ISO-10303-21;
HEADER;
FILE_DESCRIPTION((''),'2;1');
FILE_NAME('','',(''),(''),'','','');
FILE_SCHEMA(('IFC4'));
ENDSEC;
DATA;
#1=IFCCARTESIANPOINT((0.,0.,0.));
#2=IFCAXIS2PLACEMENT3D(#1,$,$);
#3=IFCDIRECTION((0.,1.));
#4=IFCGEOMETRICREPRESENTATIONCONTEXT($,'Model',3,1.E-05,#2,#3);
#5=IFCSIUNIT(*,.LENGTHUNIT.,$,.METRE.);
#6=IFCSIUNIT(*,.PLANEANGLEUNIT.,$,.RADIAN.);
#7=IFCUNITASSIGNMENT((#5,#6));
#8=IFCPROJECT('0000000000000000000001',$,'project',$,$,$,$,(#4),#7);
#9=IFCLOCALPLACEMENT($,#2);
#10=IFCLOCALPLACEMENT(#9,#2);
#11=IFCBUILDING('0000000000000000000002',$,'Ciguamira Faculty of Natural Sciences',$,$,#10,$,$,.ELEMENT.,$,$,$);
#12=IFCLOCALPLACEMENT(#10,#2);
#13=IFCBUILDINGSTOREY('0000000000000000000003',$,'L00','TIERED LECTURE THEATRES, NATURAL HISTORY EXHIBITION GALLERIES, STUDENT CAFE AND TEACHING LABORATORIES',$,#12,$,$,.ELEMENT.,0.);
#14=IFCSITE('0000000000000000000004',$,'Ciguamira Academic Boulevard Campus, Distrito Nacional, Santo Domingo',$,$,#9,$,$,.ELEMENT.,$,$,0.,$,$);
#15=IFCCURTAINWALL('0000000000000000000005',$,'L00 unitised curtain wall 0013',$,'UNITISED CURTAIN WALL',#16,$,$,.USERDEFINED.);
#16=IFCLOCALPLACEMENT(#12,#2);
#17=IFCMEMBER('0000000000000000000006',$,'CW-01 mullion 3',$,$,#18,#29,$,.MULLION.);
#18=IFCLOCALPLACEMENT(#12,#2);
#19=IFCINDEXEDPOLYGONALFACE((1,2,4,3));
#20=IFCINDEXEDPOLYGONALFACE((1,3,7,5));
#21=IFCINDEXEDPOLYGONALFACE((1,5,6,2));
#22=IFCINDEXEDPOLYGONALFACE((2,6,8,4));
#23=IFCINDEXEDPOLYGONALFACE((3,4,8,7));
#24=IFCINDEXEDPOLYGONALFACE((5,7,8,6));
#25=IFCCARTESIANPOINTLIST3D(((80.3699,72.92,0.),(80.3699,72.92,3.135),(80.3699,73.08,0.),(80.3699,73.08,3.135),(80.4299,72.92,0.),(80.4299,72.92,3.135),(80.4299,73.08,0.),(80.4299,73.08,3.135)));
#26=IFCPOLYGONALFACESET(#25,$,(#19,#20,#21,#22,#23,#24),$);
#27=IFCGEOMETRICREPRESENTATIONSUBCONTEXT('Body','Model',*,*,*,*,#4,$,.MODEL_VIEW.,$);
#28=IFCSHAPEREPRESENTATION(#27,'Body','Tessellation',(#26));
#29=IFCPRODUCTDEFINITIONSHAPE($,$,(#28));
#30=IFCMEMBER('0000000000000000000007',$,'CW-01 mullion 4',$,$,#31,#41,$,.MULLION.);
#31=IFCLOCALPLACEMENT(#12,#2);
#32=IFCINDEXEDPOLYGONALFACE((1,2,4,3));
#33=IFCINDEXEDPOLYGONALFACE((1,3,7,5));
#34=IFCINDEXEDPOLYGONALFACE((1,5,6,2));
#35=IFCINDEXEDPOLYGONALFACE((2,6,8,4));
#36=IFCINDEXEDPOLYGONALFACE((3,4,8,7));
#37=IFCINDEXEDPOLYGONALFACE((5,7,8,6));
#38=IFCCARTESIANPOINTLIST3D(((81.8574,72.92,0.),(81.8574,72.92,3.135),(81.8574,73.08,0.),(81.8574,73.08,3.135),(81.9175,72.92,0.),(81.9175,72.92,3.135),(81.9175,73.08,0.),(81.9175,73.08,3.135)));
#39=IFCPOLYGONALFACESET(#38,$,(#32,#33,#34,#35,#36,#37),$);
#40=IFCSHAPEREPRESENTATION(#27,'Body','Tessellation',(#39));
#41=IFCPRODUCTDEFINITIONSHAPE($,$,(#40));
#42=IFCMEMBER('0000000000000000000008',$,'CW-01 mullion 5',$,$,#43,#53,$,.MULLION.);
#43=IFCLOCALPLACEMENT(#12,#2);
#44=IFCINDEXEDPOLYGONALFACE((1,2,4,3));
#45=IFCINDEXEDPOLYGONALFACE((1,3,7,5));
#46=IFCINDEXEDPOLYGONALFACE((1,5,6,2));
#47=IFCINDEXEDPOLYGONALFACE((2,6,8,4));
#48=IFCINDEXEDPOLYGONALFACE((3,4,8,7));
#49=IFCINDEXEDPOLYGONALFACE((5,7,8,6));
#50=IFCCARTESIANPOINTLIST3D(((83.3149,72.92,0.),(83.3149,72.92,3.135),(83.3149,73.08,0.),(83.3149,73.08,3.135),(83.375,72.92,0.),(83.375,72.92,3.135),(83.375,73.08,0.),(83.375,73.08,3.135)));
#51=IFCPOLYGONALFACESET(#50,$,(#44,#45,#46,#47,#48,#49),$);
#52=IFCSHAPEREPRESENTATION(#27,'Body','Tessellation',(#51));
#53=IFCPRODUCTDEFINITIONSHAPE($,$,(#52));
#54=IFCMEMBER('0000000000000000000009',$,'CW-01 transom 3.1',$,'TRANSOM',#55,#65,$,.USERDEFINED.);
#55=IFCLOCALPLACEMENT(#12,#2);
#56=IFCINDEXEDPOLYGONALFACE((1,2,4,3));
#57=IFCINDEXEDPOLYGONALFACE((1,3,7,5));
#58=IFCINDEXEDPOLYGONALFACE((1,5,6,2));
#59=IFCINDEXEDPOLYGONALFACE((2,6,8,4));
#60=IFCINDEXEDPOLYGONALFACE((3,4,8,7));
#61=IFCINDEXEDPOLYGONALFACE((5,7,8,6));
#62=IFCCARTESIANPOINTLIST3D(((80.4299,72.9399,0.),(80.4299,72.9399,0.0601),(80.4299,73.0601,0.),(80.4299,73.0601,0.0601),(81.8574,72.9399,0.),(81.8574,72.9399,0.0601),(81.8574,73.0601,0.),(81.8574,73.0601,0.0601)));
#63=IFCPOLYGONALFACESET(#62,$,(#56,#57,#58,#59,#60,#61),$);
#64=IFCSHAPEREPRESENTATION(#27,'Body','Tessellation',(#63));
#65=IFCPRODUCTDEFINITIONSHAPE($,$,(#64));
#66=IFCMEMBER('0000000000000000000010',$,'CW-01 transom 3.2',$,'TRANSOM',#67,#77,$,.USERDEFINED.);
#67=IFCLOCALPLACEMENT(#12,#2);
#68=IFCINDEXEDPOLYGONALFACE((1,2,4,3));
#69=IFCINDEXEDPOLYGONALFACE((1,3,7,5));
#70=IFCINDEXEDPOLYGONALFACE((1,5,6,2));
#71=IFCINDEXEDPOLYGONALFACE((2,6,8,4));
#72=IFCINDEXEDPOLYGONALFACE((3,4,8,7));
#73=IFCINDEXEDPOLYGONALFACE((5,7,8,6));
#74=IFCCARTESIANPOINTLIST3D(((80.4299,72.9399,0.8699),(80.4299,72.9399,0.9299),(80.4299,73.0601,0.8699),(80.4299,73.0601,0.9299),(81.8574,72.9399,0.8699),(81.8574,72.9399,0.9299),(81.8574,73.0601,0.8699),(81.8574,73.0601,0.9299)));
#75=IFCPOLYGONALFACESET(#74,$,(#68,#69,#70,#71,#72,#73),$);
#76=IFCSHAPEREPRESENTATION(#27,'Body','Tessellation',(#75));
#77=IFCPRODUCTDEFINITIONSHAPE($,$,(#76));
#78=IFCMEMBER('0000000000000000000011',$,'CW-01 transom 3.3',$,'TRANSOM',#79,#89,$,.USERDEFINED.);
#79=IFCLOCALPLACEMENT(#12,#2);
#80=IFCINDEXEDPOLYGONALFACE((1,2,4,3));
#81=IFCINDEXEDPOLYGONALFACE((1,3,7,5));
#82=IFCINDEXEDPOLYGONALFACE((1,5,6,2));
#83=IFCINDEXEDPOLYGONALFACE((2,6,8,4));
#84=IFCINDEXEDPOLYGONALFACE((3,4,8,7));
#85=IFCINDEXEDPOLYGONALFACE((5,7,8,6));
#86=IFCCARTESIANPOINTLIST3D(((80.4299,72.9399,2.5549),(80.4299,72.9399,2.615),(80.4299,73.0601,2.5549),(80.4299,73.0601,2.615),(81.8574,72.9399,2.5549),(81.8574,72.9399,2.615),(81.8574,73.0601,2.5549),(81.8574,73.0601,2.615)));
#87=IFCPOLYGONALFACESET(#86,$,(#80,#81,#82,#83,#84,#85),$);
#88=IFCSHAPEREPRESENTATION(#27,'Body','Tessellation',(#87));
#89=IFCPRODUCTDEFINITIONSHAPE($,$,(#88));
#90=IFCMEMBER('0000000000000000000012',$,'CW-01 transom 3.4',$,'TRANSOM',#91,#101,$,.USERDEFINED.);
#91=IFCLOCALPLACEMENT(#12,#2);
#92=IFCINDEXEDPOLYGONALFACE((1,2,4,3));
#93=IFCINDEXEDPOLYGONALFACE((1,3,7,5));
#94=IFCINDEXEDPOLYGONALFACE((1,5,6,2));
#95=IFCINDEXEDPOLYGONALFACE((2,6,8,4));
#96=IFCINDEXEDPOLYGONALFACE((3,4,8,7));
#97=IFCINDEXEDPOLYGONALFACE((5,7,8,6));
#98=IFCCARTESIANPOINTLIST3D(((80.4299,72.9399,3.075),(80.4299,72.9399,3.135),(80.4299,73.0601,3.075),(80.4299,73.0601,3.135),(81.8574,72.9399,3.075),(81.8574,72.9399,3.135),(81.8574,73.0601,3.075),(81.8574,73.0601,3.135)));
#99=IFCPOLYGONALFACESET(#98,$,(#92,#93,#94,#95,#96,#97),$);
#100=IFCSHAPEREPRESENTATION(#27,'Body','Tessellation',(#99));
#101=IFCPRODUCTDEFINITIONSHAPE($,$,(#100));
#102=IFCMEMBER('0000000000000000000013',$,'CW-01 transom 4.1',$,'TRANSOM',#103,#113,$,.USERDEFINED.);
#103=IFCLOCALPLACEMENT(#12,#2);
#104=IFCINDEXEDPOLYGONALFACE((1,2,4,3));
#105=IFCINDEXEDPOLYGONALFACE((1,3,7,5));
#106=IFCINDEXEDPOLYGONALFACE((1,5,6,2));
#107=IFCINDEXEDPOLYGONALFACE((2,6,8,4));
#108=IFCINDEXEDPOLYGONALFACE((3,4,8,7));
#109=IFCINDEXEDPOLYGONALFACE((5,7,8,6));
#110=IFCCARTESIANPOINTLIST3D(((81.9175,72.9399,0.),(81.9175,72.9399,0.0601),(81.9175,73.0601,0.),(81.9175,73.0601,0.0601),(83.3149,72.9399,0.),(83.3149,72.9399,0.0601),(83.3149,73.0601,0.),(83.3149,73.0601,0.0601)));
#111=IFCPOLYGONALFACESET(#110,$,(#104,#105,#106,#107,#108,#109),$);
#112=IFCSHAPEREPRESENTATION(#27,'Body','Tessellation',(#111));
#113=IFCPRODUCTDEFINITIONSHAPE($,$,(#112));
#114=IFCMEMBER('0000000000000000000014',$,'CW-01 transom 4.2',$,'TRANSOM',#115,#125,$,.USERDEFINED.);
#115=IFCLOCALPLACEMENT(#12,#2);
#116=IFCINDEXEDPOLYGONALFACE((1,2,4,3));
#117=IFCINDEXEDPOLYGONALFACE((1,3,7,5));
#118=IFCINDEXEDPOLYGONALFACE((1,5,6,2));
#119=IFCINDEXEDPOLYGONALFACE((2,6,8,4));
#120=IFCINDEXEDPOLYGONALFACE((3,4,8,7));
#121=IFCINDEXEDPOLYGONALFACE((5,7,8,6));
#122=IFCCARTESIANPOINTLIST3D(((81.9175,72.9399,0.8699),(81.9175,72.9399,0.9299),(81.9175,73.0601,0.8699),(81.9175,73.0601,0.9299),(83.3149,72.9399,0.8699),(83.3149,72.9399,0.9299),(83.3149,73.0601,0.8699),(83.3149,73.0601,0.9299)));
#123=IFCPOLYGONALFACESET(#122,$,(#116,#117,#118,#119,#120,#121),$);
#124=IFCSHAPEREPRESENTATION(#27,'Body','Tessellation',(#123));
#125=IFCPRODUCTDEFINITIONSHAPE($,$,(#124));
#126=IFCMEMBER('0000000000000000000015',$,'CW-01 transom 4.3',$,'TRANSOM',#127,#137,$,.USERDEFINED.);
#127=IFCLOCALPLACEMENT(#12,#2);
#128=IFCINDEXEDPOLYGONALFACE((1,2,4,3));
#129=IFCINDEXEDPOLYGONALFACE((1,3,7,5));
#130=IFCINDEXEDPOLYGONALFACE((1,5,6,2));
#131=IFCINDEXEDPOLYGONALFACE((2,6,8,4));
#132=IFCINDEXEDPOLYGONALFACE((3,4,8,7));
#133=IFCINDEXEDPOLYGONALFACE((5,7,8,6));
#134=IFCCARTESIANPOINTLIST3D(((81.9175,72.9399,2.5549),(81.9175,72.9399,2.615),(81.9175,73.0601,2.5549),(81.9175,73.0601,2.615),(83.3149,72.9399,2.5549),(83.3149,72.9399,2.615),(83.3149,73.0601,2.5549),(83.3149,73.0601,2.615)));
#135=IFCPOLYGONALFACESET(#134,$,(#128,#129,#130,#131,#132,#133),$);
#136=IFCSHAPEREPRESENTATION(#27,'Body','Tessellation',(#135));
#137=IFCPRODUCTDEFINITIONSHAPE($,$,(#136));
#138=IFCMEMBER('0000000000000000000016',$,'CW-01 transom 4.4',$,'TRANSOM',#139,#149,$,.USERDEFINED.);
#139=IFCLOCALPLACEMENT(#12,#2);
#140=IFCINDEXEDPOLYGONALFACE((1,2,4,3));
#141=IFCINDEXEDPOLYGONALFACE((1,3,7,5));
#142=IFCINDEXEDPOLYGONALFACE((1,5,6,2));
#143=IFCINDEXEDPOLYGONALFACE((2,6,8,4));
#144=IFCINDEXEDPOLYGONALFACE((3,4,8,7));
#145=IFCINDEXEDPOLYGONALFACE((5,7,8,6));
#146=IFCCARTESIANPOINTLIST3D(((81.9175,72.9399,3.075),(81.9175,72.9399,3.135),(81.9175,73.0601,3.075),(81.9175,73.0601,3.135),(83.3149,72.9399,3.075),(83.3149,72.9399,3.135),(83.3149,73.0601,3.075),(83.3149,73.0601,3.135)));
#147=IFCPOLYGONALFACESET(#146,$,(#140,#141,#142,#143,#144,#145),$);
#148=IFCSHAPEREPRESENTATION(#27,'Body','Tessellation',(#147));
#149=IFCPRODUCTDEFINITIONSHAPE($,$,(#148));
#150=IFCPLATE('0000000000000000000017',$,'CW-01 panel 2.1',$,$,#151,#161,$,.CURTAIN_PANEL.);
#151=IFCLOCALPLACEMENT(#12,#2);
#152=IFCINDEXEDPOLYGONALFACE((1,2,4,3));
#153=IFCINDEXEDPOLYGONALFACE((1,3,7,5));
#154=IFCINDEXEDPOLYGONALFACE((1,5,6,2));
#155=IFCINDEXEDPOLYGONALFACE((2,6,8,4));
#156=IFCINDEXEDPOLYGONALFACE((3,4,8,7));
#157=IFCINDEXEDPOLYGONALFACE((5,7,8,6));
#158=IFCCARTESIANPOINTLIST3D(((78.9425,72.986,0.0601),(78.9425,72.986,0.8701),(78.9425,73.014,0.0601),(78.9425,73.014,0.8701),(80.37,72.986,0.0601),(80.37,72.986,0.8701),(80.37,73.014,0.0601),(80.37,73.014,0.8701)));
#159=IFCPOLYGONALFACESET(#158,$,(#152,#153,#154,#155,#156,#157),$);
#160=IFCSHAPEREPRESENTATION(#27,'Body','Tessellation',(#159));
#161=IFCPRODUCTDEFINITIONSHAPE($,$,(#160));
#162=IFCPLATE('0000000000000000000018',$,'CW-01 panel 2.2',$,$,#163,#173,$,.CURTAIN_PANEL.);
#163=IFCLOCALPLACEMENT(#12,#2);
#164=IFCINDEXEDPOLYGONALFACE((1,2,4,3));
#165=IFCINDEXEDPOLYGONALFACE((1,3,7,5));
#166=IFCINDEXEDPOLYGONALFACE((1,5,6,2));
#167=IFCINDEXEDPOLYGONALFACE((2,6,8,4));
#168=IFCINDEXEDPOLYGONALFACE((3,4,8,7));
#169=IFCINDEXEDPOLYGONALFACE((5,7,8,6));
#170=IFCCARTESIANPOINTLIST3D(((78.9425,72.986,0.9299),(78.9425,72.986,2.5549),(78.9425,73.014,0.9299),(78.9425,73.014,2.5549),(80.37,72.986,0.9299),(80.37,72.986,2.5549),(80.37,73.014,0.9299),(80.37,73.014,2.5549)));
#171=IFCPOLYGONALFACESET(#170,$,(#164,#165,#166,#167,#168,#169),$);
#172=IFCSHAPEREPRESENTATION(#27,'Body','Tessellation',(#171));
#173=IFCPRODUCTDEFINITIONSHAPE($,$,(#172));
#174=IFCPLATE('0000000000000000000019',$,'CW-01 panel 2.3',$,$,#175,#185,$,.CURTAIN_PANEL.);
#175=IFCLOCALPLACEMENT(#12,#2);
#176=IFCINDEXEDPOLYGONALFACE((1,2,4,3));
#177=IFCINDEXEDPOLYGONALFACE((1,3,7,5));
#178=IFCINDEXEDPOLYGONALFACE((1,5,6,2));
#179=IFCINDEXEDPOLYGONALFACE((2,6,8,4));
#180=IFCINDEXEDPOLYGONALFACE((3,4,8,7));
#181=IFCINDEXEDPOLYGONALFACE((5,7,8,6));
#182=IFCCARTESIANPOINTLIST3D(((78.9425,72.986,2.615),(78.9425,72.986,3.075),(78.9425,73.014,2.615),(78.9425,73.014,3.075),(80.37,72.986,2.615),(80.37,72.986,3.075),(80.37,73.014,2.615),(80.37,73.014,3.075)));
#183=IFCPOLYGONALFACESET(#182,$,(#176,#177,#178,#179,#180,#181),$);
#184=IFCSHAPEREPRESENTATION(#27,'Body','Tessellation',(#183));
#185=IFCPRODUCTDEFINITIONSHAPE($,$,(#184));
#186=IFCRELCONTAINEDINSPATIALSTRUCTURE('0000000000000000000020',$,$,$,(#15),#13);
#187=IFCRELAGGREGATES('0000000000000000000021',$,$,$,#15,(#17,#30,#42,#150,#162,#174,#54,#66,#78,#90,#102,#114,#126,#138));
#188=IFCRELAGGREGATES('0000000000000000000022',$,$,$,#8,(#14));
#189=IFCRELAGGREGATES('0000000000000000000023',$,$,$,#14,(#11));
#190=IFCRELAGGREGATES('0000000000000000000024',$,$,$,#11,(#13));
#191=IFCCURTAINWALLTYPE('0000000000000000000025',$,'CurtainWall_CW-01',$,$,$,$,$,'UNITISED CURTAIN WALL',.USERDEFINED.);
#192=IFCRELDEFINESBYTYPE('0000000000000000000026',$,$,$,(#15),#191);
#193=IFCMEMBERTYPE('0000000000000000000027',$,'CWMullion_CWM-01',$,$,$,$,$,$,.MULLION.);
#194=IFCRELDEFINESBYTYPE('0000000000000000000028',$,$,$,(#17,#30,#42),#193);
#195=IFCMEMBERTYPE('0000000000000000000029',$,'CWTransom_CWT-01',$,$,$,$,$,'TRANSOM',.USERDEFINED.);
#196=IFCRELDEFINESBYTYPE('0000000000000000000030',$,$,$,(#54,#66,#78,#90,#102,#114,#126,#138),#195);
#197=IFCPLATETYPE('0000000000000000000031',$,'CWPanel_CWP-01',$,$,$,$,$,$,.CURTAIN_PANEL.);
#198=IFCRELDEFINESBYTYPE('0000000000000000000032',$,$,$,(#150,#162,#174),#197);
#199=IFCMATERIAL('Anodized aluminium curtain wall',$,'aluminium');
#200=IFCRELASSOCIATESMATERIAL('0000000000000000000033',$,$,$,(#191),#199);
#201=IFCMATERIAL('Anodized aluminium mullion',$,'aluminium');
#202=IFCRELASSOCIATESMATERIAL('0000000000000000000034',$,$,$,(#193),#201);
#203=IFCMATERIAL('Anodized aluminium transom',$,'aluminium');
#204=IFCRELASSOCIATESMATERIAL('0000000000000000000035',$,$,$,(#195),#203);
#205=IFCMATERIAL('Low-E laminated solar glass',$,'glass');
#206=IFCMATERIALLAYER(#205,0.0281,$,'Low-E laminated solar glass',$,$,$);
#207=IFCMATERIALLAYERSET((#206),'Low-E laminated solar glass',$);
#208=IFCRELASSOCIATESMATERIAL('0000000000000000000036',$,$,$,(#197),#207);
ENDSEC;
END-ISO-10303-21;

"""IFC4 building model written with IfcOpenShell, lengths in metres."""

from ifc_helpers import new_model, si_unit, direction, frame, origin, origin_2d, place, context, subcontext, project, spatial, rectangle, extrude, material, layer, layer_set, material_profile, profile_set, type_object, element, aggregate, save


model = new_model("IFC4")

# Units and contexts
model_context = context("Model", 3, precision=1e-05, world=origin(), true_north=direction((0.0, 1.0)))
body_context = subcontext(model_context, "Body", "Model", "MODEL_VIEW")
ifc_project = project(units=[si_unit("LENGTHUNIT", "METRE"), si_unit("PLANEANGLEUNIT", "RADIAN")], contexts=[model_context])

# Site, building, storey
site_placement = place(None, origin())
site = spatial("IfcSite", under=ifc_project, at=site_placement, Name="Ciguamira Academic Boulevard Campus, Distrito Nacional, Santo Domingo", CompositionType="ELEMENT", RefElevation=0.0)
building_placement = place(site_placement, origin())
building = spatial("IfcBuilding", under=site, at=building_placement, Name="Ciguamira Faculty of Natural Sciences", CompositionType="ELEMENT")
storey_placement = place(building_placement, origin())
storey = spatial("IfcBuildingStorey", under=building, at=storey_placement, Name="L00", Description="TIERED LECTURE THEATRES, NATURAL HISTORY EXHIBITION GALLERIES, STUDENT CAFE AND TEACHING LABORATORIES", CompositionType="ELEMENT", Elevation=0.0)

# Curtain wall, members, plates
ifc_material_1 = material(Name="Anodized aluminium curtain wall", Category="aluminium")
curtain_wall_type = type_object("IfcCurtainWallType", Name="CurtainWall_CW-01", ElementType="UNITISED CURTAIN WALL", PredefinedType="USERDEFINED", material=ifc_material_1)
curtain_wall_placement = place(storey_placement, origin())
curtain_wall = element("IfcCurtainWall", 1, at=curtain_wall_placement, inside=storey, type_object=curtain_wall_type, Name="L00 unitised curtain wall 0013", ObjectType="UNITISED CURTAIN WALL", PredefinedType="USERDEFINED")
ifc_material_2 = material(Name="Anodized aluminium mullion", Category="aluminium")
ifc_material_profile_1 = material_profile(ifc_material_2, rectangle(XDim=0.0601, YDim=0.1599, at=origin_2d()), Name="ALU-MUL-60X160")
ifc_profile_set_1 = profile_set([ifc_material_profile_1], Name="Anodized aluminium mullion")
member_type_1 = type_object("IfcMemberType", Name="CWMullion_CWM-01", PredefinedType="MULLION", material=ifc_profile_set_1)
member_1_placement = place(storey_placement, frame((80.3999, 73.0, 0.0), z_axis=(0.0, 0.0, 1.0), x_axis=(1.0, 0.0, 0.0)))
member_1 = element("IfcMember", 2, at=member_1_placement, type_object=member_type_1, Name="CW-01 mullion 3", PredefinedType="MULLION", context=body_context, shape_type="SweptSolid", body=[
    extrude(rectangle(XDim=0.0601, YDim=0.1599, at=origin_2d()), origin(), (0.0, 0.0, 1.0), 3.135),
])
member_2_placement = place(storey_placement, frame((81.8875, 73.0, 0.0), z_axis=(0.0, 0.0, 1.0), x_axis=(1.0, 0.0, 0.0)))
member_2 = element("IfcMember", 3, at=member_2_placement, type_object=member_type_1, Name="CW-01 mullion 4", PredefinedType="MULLION", context=body_context, shape_type="SweptSolid", body=[
    extrude(rectangle(XDim=0.0601, YDim=0.1599, at=origin_2d()), origin(), (0.0, 0.0, 1.0), 3.135),
])
member_3_placement = place(storey_placement, frame((83.345, 73.0, 0.0), z_axis=(0.0, 0.0, 1.0), x_axis=(1.0, 0.0, 0.0)))
member_3 = element("IfcMember", 4, at=member_3_placement, type_object=member_type_1, Name="CW-01 mullion 5", PredefinedType="MULLION", context=body_context, shape_type="SweptSolid", body=[
    extrude(rectangle(XDim=0.0601, YDim=0.1599, at=origin_2d()), origin(), (0.0, 0.0, 1.0), 3.135),
])
ifc_material_3 = material(Name="Anodized aluminium transom", Category="aluminium")
ifc_material_profile_2 = material_profile(ifc_material_3, rectangle(XDim=0.0601, YDim=0.1201, at=origin_2d()), Name="ALU-TRN-60X120")
ifc_profile_set_2 = profile_set([ifc_material_profile_2], Name="Anodized aluminium transom")
member_type_2 = type_object("IfcMemberType", Name="CWTransom_CWT-01", ElementType="TRANSOM", PredefinedType="USERDEFINED", material=ifc_profile_set_2)
member_4_placement = place(storey_placement, frame((80.4299, 73.0, 0.03), z_axis=(1.0, 0.0, 0.0), x_axis=(0.0, 0.0, 1.0)))
member_4 = element("IfcMember", 5, at=member_4_placement, type_object=member_type_2, Name="CW-01 transom 3.1", ObjectType="TRANSOM", PredefinedType="USERDEFINED", context=body_context, shape_type="SweptSolid", body=[
    extrude(rectangle(XDim=0.0601, YDim=0.1201, at=origin_2d()), origin(), (0.0, 0.0, 1.0), 1.4275),
])
member_5_placement = place(storey_placement, frame((80.4299, 73.0, 0.8999), z_axis=(1.0, 0.0, 0.0), x_axis=(0.0, 0.0, 1.0)))
member_5 = element("IfcMember", 6, at=member_5_placement, type_object=member_type_2, Name="CW-01 transom 3.2", ObjectType="TRANSOM", PredefinedType="USERDEFINED", context=body_context, shape_type="SweptSolid", body=[
    extrude(rectangle(XDim=0.0601, YDim=0.1201, at=origin_2d()), origin(), (0.0, 0.0, 1.0), 1.4275),
])
member_6_placement = place(storey_placement, frame((80.4299, 73.0, 2.585), z_axis=(1.0, 0.0, 0.0), x_axis=(0.0, 0.0, 1.0)))
member_6 = element("IfcMember", 7, at=member_6_placement, type_object=member_type_2, Name="CW-01 transom 3.3", ObjectType="TRANSOM", PredefinedType="USERDEFINED", context=body_context, shape_type="SweptSolid", body=[
    extrude(rectangle(XDim=0.0601, YDim=0.1201, at=origin_2d()), origin(), (0.0, 0.0, 1.0), 1.4275),
])
member_7_placement = place(storey_placement, frame((80.4299, 73.0, 3.105), z_axis=(1.0, 0.0, 0.0), x_axis=(0.0, 0.0, 1.0)))
member_7 = element("IfcMember", 8, at=member_7_placement, type_object=member_type_2, Name="CW-01 transom 3.4", ObjectType="TRANSOM", PredefinedType="USERDEFINED", context=body_context, shape_type="SweptSolid", body=[
    extrude(rectangle(XDim=0.0601, YDim=0.1201, at=origin_2d()), origin(), (0.0, 0.0, 1.0), 1.4275),
])
member_8_placement = place(storey_placement, frame((81.9175, 73.0, 0.03), z_axis=(1.0, 0.0, 0.0), x_axis=(0.0, 0.0, 1.0)))
member_8 = element("IfcMember", 9, at=member_8_placement, type_object=member_type_2, Name="CW-01 transom 4.1", ObjectType="TRANSOM", PredefinedType="USERDEFINED", context=body_context, shape_type="SweptSolid", body=[
    extrude(rectangle(XDim=0.0601, YDim=0.1201, at=origin_2d()), origin(), (0.0, 0.0, 1.0), 1.3975),
])
member_9_placement = place(storey_placement, frame((81.9175, 73.0, 0.8999), z_axis=(1.0, 0.0, 0.0), x_axis=(0.0, 0.0, 1.0)))
member_9 = element("IfcMember", 10, at=member_9_placement, type_object=member_type_2, Name="CW-01 transom 4.2", ObjectType="TRANSOM", PredefinedType="USERDEFINED", context=body_context, shape_type="SweptSolid", body=[
    extrude(rectangle(XDim=0.0601, YDim=0.1201, at=origin_2d()), origin(), (0.0, 0.0, 1.0), 1.3975),
])
member_10_placement = place(storey_placement, frame((81.9175, 73.0, 2.585), z_axis=(1.0, 0.0, 0.0), x_axis=(0.0, 0.0, 1.0)))
member_10 = element("IfcMember", 11, at=member_10_placement, type_object=member_type_2, Name="CW-01 transom 4.3", ObjectType="TRANSOM", PredefinedType="USERDEFINED", context=body_context, shape_type="SweptSolid", body=[
    extrude(rectangle(XDim=0.0601, YDim=0.1201, at=origin_2d()), origin(), (0.0, 0.0, 1.0), 1.3975),
])
member_11_placement = place(storey_placement, frame((81.9175, 73.0, 3.105), z_axis=(1.0, 0.0, 0.0), x_axis=(0.0, 0.0, 1.0)))
member_11 = element("IfcMember", 12, at=member_11_placement, type_object=member_type_2, Name="CW-01 transom 4.4", ObjectType="TRANSOM", PredefinedType="USERDEFINED", context=body_context, shape_type="SweptSolid", body=[
    extrude(rectangle(XDim=0.0601, YDim=0.1201, at=origin_2d()), origin(), (0.0, 0.0, 1.0), 1.3975),
])
ifc_material_4 = material(Name="Low-E laminated solar glass", Category="glass")
ifc_layer = layer(ifc_material_4, 0.0281, Name="Low-E laminated solar glass")
ifc_layer_set = layer_set([ifc_layer], Name="Low-E laminated solar glass")
plate_type = type_object("IfcPlateType", Name="CWPanel_CWP-01", PredefinedType="CURTAIN_PANEL", material=ifc_layer_set)
plate_1_placement = place(storey_placement, frame((79.6562, 73.0, 0.0601), z_axis=(0.0, 0.0, 1.0), x_axis=(1.0, 0.0, 0.0)))
plate_1 = element("IfcPlate", 13, at=plate_1_placement, type_object=plate_type, Name="CW-01 panel 2.1", PredefinedType="CURTAIN_PANEL", context=body_context, shape_type="SweptSolid", body=[
    extrude(rectangle(XDim=1.4275, YDim=0.0281, at=origin_2d()), origin(), (0.0, 0.0, 1.0), 0.8101),
])
plate_2_placement = place(storey_placement, frame((79.6562, 73.0, 0.9299), z_axis=(0.0, 0.0, 1.0), x_axis=(1.0, 0.0, 0.0)))
plate_2 = element("IfcPlate", 14, at=plate_2_placement, type_object=plate_type, Name="CW-01 panel 2.2", PredefinedType="CURTAIN_PANEL", context=body_context, shape_type="SweptSolid", body=[
    extrude(rectangle(XDim=1.4275, YDim=0.0281, at=origin_2d()), origin(), (0.0, 0.0, 1.0), 1.625),
])
plate_3_placement = place(storey_placement, frame((79.6562, 73.0, 2.615), z_axis=(0.0, 0.0, 1.0), x_axis=(1.0, 0.0, 0.0)))
plate_3 = element("IfcPlate", 15, at=plate_3_placement, type_object=plate_type, Name="CW-01 panel 2.3", PredefinedType="CURTAIN_PANEL", context=body_context, shape_type="SweptSolid", body=[
    extrude(rectangle(XDim=1.4275, YDim=0.0281, at=origin_2d()), origin(), (0.0, 0.0, 1.0), 0.46),
])
aggregate(curtain_wall, [member_1, member_2, member_3, plate_1, plate_2, plate_3, member_4, member_5, member_6, member_7, member_8, member_9, member_10, member_11])

save(model, "model.ifc")
